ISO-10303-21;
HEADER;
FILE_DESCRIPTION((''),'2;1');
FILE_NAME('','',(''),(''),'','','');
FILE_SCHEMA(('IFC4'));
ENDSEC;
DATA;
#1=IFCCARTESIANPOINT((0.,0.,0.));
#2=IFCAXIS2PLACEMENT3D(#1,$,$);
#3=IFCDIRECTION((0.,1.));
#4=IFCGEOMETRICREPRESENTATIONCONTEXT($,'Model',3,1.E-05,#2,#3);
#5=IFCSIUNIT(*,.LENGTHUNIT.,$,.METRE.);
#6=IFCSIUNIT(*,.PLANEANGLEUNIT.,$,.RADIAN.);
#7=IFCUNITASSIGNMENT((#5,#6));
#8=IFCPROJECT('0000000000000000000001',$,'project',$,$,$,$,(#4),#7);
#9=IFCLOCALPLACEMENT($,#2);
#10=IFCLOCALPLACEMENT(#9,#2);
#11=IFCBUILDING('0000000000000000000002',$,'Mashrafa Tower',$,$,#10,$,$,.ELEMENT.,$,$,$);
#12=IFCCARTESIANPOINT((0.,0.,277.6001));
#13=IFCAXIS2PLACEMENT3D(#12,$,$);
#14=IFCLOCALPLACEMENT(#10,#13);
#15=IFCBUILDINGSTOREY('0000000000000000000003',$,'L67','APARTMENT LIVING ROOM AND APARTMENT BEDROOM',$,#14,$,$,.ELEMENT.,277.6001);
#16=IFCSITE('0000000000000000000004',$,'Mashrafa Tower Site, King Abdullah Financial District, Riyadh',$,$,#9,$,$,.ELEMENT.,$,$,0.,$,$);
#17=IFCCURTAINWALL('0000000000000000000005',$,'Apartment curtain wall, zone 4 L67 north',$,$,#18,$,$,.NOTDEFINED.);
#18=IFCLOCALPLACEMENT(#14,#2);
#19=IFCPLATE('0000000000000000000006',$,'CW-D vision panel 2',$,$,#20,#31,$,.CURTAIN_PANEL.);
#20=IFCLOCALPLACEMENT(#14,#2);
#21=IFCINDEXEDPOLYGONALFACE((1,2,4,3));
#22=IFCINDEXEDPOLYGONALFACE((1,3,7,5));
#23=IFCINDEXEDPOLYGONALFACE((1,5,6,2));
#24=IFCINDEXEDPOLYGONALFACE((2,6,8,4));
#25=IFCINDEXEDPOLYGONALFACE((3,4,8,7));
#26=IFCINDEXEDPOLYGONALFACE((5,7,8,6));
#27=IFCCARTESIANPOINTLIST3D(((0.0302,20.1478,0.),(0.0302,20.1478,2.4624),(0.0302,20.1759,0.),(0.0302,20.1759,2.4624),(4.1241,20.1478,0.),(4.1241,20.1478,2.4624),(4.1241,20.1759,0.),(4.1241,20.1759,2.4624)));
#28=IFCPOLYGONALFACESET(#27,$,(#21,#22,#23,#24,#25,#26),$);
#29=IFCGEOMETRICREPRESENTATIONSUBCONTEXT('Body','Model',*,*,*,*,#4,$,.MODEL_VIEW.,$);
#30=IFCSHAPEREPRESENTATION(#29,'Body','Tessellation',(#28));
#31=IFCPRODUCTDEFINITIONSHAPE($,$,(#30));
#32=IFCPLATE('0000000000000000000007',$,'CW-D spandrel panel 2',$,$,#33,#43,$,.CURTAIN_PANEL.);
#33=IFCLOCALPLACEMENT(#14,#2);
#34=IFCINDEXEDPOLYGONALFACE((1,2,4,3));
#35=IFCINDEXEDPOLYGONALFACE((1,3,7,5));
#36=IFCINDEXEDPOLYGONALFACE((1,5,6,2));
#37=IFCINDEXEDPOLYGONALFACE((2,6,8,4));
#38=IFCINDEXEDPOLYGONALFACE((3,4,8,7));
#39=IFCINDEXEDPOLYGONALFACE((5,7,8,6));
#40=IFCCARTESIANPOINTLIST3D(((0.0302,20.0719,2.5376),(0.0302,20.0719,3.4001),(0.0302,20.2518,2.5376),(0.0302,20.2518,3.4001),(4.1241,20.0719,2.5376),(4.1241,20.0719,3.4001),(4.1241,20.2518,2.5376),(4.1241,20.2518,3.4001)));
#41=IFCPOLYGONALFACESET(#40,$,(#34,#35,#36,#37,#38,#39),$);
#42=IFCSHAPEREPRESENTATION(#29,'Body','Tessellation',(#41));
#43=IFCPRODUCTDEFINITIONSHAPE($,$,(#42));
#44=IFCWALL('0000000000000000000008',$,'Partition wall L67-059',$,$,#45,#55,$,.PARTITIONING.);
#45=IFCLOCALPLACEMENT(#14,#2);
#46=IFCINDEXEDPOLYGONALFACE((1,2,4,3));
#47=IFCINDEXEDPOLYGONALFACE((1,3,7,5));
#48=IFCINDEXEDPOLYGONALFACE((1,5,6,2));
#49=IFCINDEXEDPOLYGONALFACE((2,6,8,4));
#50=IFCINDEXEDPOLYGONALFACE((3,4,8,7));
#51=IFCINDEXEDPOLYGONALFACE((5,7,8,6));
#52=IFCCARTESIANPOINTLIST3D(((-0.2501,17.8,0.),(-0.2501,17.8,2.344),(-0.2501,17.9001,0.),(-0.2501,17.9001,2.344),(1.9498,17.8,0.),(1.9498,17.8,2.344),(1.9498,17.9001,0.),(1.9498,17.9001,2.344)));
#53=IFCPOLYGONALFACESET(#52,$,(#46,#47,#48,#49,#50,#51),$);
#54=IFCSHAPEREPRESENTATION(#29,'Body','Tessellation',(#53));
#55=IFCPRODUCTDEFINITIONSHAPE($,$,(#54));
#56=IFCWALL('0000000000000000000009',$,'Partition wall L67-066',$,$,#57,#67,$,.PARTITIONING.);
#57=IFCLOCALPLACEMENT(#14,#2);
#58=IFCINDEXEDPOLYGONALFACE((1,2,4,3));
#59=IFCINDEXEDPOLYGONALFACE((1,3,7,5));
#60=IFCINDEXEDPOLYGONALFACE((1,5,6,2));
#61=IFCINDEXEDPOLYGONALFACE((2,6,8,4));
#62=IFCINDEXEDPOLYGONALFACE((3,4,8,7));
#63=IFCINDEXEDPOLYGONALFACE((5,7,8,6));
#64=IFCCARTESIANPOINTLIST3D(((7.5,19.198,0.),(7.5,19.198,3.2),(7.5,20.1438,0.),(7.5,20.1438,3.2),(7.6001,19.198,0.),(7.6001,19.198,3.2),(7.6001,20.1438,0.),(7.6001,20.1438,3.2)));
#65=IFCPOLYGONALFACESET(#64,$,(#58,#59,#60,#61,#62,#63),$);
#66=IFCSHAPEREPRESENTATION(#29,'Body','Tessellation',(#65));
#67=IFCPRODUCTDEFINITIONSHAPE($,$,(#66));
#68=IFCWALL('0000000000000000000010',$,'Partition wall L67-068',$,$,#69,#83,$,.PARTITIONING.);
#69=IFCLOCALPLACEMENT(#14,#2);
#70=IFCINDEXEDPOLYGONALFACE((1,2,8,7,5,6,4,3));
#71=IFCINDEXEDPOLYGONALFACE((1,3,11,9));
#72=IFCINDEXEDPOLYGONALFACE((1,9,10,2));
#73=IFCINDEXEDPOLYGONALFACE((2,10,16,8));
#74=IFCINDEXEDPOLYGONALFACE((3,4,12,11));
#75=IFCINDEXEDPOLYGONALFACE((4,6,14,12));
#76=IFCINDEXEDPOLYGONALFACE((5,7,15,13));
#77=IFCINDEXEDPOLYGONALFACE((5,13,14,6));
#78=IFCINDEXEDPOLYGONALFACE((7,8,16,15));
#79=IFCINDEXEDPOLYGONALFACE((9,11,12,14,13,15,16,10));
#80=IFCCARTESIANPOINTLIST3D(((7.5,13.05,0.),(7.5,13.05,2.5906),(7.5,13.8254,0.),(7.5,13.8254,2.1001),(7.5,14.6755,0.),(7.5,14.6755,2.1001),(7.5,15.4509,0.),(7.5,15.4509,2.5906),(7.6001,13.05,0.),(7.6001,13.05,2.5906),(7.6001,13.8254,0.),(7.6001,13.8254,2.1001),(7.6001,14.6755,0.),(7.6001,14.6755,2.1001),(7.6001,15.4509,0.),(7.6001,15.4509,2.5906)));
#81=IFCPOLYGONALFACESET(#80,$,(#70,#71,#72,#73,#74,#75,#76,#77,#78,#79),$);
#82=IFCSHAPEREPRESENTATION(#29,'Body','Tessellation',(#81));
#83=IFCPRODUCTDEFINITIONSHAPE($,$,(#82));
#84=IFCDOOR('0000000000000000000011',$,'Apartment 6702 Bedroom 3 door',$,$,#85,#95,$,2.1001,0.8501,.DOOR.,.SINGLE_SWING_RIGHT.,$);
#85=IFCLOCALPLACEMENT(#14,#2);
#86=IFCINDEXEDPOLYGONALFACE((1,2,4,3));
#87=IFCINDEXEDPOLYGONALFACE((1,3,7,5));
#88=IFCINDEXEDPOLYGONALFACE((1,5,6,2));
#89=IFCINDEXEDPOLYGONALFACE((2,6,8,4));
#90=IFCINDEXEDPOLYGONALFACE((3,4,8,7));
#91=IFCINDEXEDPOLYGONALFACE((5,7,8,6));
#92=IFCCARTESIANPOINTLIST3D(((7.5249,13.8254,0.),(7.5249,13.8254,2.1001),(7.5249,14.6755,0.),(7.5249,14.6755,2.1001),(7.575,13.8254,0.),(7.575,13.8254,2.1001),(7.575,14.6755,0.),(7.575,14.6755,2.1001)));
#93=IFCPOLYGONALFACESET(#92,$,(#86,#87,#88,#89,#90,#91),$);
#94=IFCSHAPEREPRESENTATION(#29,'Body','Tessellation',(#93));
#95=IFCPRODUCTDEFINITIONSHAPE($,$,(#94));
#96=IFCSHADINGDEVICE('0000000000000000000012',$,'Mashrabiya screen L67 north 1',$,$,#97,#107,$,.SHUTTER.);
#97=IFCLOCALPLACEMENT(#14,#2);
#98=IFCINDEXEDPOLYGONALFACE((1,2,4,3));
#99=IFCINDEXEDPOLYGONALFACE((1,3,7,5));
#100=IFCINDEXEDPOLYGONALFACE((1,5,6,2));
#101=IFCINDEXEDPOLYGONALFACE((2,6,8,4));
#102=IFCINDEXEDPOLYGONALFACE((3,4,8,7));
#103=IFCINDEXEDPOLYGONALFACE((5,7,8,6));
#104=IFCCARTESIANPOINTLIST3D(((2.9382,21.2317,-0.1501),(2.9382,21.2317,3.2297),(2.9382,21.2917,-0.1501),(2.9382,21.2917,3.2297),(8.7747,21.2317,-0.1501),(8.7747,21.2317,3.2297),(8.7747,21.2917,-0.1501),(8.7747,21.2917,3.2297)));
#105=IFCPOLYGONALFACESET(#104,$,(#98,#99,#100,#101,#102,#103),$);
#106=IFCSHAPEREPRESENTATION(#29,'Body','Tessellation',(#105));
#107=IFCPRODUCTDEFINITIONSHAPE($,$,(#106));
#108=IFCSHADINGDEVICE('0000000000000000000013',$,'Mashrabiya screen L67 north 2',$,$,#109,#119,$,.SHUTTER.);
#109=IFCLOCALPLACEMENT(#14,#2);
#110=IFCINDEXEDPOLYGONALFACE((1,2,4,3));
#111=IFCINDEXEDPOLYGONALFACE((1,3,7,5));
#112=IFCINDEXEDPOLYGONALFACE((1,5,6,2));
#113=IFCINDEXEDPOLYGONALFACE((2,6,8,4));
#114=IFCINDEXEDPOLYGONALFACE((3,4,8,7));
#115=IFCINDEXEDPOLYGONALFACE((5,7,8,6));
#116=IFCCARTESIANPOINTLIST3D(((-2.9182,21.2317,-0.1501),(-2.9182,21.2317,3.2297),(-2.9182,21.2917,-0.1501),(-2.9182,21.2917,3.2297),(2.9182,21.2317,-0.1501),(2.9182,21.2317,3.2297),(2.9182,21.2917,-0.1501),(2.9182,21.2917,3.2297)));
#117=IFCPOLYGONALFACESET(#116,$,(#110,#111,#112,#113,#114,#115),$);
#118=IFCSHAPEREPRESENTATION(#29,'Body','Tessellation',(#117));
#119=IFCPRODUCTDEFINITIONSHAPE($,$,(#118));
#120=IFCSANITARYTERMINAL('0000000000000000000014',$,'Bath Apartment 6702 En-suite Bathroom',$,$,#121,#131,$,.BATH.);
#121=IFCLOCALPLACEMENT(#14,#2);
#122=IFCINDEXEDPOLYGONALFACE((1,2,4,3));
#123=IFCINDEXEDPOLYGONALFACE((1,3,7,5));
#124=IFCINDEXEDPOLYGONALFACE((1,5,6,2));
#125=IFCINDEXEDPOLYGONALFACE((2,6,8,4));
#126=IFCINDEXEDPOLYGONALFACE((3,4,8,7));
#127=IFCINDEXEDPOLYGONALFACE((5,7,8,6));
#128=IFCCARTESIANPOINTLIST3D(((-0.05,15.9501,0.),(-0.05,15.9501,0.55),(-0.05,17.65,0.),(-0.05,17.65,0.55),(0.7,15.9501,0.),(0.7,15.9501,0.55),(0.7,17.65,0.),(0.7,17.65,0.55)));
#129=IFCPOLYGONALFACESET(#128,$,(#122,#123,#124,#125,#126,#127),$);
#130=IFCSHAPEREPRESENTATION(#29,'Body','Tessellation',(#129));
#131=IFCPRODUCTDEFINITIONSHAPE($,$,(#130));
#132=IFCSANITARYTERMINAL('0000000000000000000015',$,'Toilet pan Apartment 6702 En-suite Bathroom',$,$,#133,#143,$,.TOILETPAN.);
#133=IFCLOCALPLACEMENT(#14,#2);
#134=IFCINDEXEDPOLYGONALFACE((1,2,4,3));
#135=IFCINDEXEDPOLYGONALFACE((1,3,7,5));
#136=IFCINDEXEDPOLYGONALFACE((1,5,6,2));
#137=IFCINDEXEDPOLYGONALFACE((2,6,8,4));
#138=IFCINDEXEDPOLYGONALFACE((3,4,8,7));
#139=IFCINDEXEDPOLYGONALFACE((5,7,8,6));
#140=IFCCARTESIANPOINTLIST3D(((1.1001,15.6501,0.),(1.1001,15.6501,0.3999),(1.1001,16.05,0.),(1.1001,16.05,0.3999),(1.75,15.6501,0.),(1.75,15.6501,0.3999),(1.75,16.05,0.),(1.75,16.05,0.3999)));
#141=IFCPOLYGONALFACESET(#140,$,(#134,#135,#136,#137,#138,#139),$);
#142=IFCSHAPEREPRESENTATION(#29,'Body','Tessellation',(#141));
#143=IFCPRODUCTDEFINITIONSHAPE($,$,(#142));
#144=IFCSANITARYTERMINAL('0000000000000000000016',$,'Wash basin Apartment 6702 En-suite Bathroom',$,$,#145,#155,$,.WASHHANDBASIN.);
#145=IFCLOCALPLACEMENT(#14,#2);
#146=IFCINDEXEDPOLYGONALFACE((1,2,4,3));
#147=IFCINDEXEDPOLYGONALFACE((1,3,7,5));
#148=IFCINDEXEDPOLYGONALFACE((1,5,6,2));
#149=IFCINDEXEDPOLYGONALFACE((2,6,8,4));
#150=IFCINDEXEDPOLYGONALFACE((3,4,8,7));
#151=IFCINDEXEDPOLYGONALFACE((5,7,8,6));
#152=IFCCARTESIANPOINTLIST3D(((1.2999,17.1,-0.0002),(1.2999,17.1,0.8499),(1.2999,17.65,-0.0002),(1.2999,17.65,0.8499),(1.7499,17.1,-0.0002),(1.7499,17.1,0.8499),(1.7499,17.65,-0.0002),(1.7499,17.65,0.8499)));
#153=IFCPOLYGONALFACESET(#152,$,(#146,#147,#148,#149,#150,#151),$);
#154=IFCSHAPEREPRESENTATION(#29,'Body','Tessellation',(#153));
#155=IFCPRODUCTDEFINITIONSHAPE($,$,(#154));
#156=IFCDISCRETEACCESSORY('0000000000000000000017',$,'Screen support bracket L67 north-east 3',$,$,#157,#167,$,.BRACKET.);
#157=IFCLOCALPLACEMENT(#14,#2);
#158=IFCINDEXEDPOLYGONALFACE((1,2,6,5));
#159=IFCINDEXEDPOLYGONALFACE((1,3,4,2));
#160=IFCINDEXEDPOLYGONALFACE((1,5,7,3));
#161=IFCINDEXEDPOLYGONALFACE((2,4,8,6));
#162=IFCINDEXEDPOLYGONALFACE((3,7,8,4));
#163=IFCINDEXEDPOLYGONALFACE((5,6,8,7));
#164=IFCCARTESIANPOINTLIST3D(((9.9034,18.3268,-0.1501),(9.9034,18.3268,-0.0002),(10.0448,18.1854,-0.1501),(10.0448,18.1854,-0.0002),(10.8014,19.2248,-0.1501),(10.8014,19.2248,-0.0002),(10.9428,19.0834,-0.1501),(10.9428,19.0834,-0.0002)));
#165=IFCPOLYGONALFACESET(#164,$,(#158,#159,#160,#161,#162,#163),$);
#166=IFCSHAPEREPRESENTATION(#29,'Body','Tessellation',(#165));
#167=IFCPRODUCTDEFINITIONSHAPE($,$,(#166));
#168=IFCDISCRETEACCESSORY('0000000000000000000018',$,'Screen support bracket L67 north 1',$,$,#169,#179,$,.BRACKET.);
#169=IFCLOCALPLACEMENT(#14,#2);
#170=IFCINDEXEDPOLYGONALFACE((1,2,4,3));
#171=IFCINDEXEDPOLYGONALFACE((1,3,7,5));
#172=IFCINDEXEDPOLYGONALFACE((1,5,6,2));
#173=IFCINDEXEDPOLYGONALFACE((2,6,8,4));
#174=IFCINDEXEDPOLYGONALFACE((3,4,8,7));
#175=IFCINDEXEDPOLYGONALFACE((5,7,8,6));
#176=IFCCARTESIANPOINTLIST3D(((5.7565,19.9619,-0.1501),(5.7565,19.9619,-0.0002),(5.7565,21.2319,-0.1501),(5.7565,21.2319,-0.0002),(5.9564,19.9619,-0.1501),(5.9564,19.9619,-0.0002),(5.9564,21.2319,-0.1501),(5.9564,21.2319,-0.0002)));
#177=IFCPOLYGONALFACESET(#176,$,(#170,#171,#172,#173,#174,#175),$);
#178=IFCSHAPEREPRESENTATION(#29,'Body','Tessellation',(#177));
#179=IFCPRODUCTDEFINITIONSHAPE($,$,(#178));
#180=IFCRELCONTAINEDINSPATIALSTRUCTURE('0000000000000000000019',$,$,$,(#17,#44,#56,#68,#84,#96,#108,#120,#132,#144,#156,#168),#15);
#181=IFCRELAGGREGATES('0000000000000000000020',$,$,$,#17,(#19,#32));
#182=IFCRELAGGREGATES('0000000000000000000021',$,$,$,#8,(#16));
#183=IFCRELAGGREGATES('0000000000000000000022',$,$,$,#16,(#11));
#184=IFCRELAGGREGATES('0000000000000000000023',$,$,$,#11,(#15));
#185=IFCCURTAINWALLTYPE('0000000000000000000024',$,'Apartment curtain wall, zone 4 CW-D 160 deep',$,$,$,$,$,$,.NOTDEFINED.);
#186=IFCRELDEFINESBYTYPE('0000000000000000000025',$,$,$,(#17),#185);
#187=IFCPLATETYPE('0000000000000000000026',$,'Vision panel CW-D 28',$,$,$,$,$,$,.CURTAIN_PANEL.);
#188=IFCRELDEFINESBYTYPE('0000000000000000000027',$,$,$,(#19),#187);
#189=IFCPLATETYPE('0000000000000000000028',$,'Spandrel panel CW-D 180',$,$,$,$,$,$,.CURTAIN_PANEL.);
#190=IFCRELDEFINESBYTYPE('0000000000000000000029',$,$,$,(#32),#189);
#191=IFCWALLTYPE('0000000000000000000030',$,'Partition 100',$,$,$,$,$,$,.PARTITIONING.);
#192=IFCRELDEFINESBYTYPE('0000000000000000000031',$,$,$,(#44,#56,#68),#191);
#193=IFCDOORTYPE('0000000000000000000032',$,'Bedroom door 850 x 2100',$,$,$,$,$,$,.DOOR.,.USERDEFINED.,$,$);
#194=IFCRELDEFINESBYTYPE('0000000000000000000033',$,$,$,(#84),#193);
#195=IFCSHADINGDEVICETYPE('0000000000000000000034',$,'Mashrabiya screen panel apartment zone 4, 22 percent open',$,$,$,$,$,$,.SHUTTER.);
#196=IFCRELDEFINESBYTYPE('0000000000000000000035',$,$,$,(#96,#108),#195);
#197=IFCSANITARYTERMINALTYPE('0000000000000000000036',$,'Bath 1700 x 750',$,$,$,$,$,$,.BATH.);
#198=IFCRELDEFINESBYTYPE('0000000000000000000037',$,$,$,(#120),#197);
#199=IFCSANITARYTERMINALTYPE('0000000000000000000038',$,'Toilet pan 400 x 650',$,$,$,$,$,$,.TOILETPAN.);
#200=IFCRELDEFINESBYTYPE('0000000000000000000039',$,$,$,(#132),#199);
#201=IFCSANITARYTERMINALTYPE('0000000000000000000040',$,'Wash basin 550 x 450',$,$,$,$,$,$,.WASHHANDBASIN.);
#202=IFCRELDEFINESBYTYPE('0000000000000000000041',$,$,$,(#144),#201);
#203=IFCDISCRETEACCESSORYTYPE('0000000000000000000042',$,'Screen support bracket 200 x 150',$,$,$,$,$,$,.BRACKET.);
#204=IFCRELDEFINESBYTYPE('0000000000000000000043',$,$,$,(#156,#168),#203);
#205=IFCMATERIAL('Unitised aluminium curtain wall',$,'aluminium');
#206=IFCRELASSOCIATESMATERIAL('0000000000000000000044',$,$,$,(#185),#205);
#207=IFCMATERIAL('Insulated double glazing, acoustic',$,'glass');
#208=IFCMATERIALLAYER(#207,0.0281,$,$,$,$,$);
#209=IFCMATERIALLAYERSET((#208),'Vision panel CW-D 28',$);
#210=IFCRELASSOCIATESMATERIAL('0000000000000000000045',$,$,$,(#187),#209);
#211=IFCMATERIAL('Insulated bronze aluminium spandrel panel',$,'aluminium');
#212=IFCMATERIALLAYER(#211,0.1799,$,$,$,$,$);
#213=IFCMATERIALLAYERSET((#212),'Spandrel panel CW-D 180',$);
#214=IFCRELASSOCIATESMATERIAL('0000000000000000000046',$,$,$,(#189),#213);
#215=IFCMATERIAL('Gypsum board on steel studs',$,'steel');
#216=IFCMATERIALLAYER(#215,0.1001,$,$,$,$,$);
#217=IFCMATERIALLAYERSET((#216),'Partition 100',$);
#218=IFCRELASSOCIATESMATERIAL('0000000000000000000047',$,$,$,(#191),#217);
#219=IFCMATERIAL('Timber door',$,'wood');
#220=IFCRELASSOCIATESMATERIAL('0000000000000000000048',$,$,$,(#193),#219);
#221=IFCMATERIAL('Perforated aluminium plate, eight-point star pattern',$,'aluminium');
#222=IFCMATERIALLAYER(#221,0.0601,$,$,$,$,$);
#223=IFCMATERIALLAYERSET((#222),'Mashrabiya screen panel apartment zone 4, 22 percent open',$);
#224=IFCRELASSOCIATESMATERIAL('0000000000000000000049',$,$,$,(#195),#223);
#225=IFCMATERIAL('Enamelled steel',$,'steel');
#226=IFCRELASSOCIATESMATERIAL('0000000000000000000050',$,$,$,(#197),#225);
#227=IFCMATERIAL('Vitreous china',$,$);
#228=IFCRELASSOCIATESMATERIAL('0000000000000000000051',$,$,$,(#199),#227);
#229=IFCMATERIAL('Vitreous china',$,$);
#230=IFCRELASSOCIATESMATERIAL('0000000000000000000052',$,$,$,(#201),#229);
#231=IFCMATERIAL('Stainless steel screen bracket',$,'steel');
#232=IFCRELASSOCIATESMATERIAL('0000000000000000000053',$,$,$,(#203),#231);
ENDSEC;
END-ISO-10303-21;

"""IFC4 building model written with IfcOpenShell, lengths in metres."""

from ifc_helpers import new_model, si_unit, direction, frame, frame_2d, origin, origin_2d, place, context, subcontext, project, spatial, rectangle, extrude, source, transform, mapped, material, layer, layer_set, type_object, type_shapes, element, fill, aggregate, save


model = new_model("IFC4")

# Units and contexts
model_context = context("Model", 3, precision=1e-05, world=origin(), true_north=direction((0.0, 1.0)))
body_context = subcontext(model_context, "Body", "Model", "MODEL_VIEW")
ifc_project = project(units=[si_unit("LENGTHUNIT", "METRE"), si_unit("PLANEANGLEUNIT", "RADIAN")], contexts=[model_context])

# Site, building, storey
site_placement = place(None, origin())
site = spatial("IfcSite", under=ifc_project, at=site_placement, Name="Mashrafa Tower Site, King Abdullah Financial District, Riyadh", CompositionType="ELEMENT", RefElevation=0.0)
building_placement = place(site_placement, origin())
building = spatial("IfcBuilding", under=site, at=building_placement, Name="Mashrafa Tower", CompositionType="ELEMENT")
storey_placement = place(building_placement, frame((0.0, 0.0, 277.6001)))
storey = spatial("IfcBuildingStorey", under=building, at=storey_placement, Name="L67", Description="APARTMENT LIVING ROOM AND APARTMENT BEDROOM", CompositionType="ELEMENT", Elevation=277.6001)

# Shared definitions
ifc_material_1 = material(Name="Unitised aluminium curtain wall", Category="aluminium")
curtain_wall_type = type_object("IfcCurtainWallType", Name="Apartment curtain wall, zone 4 CW-D 160 deep", PredefinedType="NOTDEFINED", material=ifc_material_1)

# Curtain wall
curtain_wall_1_placement = place(storey_placement, origin())
curtain_wall_1 = element("IfcCurtainWall", 1, at=curtain_wall_1_placement, inside=storey, type_object=curtain_wall_type, Name="Apartment curtain wall, zone 4 L67 north", PredefinedType="NOTDEFINED")

# Plates
ifc_material_2 = material(Name="Insulated double glazing, acoustic", Category="glass")
ifc_layer_1 = layer(ifc_material_2, 0.0281)
ifc_layer_set_1 = layer_set([ifc_layer_1], Name="Vision panel CW-D 28")
plate_type_1 = type_object("IfcPlateType", Name="Vision panel CW-D 28", PredefinedType="CURTAIN_PANEL", material=ifc_layer_set_1)
ifc_material_3 = material(Name="Insulated bronze aluminium spandrel panel", Category="aluminium")
ifc_layer_2 = layer(ifc_material_3, 0.1799)
ifc_layer_set_2 = layer_set([ifc_layer_2], Name="Spandrel panel CW-D 180")
plate_type_2 = type_object("IfcPlateType", Name="Spandrel panel CW-D 180", PredefinedType="CURTAIN_PANEL", material=ifc_layer_set_2)
shared_shape_1 = source(origin(), body_context, "Body", "SweptSolid", [
    extrude(rectangle(XDim=4.094, YDim=0.0281, at=origin_2d()), origin(), (0.0, 0.0, 1.0), 2.4624),
])
plate_1_placement = place(storey_placement, frame((2.0771, 20.1619, 0.0), z_axis=(0.0, 0.0, 1.0), x_axis=(-1.0, 0.0, 0.0)))
plate_1 = element("IfcPlate", 2, at=plate_1_placement, type_object=plate_type_1, Name="CW-D vision panel 2", PredefinedType="CURTAIN_PANEL", context=body_context, shape_type="MappedRepresentation", body=[
    mapped(shared_shape_1, transform((0.0, 0.0, 0.0))),
])
shared_shape_2 = source(origin(), body_context, "Body", "SweptSolid", [
    extrude(rectangle(XDim=4.094, YDim=0.1799, at=origin_2d()), origin(), (0.0, 0.0, 1.0), 0.8625),
])
plate_2_placement = place(storey_placement, frame((2.0771, 20.1619, 2.5376), z_axis=(0.0, 0.0, 1.0), x_axis=(-1.0, 0.0, 0.0)))
plate_2 = element("IfcPlate", 3, at=plate_2_placement, type_object=plate_type_2, Name="CW-D spandrel panel 2", PredefinedType="CURTAIN_PANEL", context=body_context, shape_type="MappedRepresentation", body=[
    mapped(shared_shape_2, transform((0.0, 0.0, 0.0))),
])
aggregate(curtain_wall_1, [plate_1, plate_2])

# Walls
ifc_material_4 = material(Name="Gypsum board on steel studs", Category="steel")
ifc_layer_3 = layer(ifc_material_4, 0.1001)
ifc_layer_set_3 = layer_set([ifc_layer_3], Name="Partition 100")
wall_type = type_object("IfcWallType", Name="Partition 100", PredefinedType="PARTITIONING", material=ifc_layer_set_3)
wall_1_placement = place(storey_placement, frame((1.95, 17.8501, 0.0), z_axis=(0.0, 0.0, 1.0), x_axis=(-1.0, 0.0, 0.0)))
element("IfcWall", 4, at=wall_1_placement, inside=storey, type_object=wall_type, Name="Partition wall L67-059", PredefinedType="PARTITIONING", context=body_context, shape_type="SweptSolid", body=[
    extrude(rectangle(XDim=2.2, YDim=0.1001, at=frame_2d((1.1001, 0.0))), origin(), (0.0, 0.0, 1.0), 2.344),
])
wall_2_placement = place(storey_placement, frame((7.55, 19.198, 0.0), z_axis=(0.0, 0.0, 1.0), x_axis=(0.0, 1.0, 0.0)))
element("IfcWall", 5, at=wall_2_placement, inside=storey, type_object=wall_type, Name="Partition wall L67-066", PredefinedType="PARTITIONING", context=body_context, shape_type="SweptSolid", body=[
    extrude(rectangle(XDim=0.9458, YDim=0.1001, at=frame_2d((0.4729, 0.0))), origin(), (0.0, 0.0, 1.0), 3.2),
])

# Wall, opening, door
wall_3_placement = place(storey_placement, frame((7.55, 15.4509, 0.0), z_axis=(0.0, 0.0, 1.0), x_axis=(0.0, -1.0, 0.0)))
wall_3 = element("IfcWall", 6, at=wall_3_placement, inside=storey, type_object=wall_type, Name="Partition wall L67-068", PredefinedType="PARTITIONING", context=body_context, shape_type="SweptSolid", body=[
    extrude(rectangle(XDim=2.4009, YDim=0.1001, at=frame_2d((1.2004, 0.0))), origin(), (0.0, 0.0, 1.0), 2.5906),
])
opening_placement = place(wall_3_placement, frame((0.7754, 0.0, 0.0)))
opening = element("IfcOpeningElement", 7, at=opening_placement, cuts=wall_3, PredefinedType="OPENING", context=body_context, shape_type="SweptSolid", body=[
    extrude(rectangle(XDim=0.8501, YDim=2.1001, at=frame_2d((0.425, 1.05))), frame((0.0, 0.0601, 0.0), z_axis=(0.0, -1.0, 0.0), x_axis=(1.0, 0.0, 0.0)), (0.0, 0.0, 1.0), 0.1201),
])
ifc_material_5 = material(Name="Timber door", Category="wood")
door_type = type_object("IfcDoorType", Name="Bedroom door 850 x 2100", OperationType="USERDEFINED", PredefinedType="DOOR", material=ifc_material_5)
door_placement = place(opening_placement, origin())
door = element("IfcDoor", 8, at=door_placement, inside=storey, type_object=door_type, Name="Apartment 6702 Bedroom 3 door", OperationType="SINGLE_SWING_RIGHT", OverallHeight=2.1001, OverallWidth=0.8501, PredefinedType="DOOR", context=body_context, shape_type="SweptSolid", body=[
    extrude(rectangle(XDim=0.8501, YDim=2.1001, at=frame_2d((0.425, 1.05))), frame((0.0, 0.0249, 0.0), z_axis=(0.0, -1.0, 0.0), x_axis=(1.0, 0.0, 0.0)), (0.0, 0.0, 1.0), 0.05),
])
fill(opening, door)

# Shading devices
ifc_material_6 = material(Name="Perforated aluminium plate, eight-point star pattern", Category="aluminium")
ifc_layer_4 = layer(ifc_material_6, 0.0601)
ifc_layer_set_4 = layer_set([ifc_layer_4], Name="Mashrabiya screen panel apartment zone 4, 22 percent open")
shading_device_type = type_object("IfcShadingDeviceType", Name="Mashrabiya screen panel apartment zone 4, 22 percent open", PredefinedType="SHUTTER", material=ifc_layer_set_4)
shared_shape_3 = source(origin(), body_context, "Body", "SweptSolid", [
    extrude(rectangle(XDim=5.8364, YDim=0.0601, at=origin_2d()), origin(), (0.0, 0.0, 1.0), 3.3799),
])
type_shapes(shading_device_type, [shared_shape_3])
for number, where, z_axis, x_axis, name in (
    (9, (5.8564, 21.2617, -0.1501), (0.0, 0.0, 1.0), (-1.0, 0.0, 0.0), "Mashrabiya screen L67 north 1"),
    (10, (0.0, 21.2617, -0.1501), (0.0, 0.0, 1.0), (-1.0, 0.0, 0.0), "Mashrabiya screen L67 north 2"),
):
    element("IfcShadingDevice", number, at=place(storey_placement, frame(where, z_axis=z_axis, x_axis=x_axis)), inside=storey, type_object=shading_device_type, Name=name, PredefinedType="SHUTTER", context=body_context, shape_type="MappedRepresentation", body=[
        mapped(shared_shape_3, transform((0.0, 0.0, 0.0))),
    ])

# Sanitary terminals
ifc_material_7 = material(Name="Enamelled steel", Category="steel")
sanitary_terminal_type_1 = type_object("IfcSanitaryTerminalType", Name="Bath 1700 x 750", PredefinedType="BATH", material=ifc_material_7)
sanitary_terminal_1_placement = place(storey_placement, frame((0.325, 16.8, 0.0), z_axis=(0.0, 0.0, 1.0), x_axis=(0.0, -1.0, 0.0)))
element("IfcSanitaryTerminal", 11, at=sanitary_terminal_1_placement, inside=storey, type_object=sanitary_terminal_type_1, Name="Bath Apartment 6702 En-suite Bathroom", PredefinedType="BATH", context=body_context, shape_type="SweptSolid", body=[
    extrude(rectangle(XDim=1.7, YDim=0.75, at=origin_2d()), origin(), (0.0, 0.0, 1.0), 0.55),
])
ifc_material_8 = material(Name="Vitreous china")
sanitary_terminal_type_2 = type_object("IfcSanitaryTerminalType", Name="Toilet pan 400 x 650", PredefinedType="TOILETPAN", material=ifc_material_8)
sanitary_terminal_2_placement = place(storey_placement, frame((1.425, 15.8501, 0.0), z_axis=(0.0, 0.0, 1.0), x_axis=(0.0, 1.0, 0.0)))
element("IfcSanitaryTerminal", 12, at=sanitary_terminal_2_placement, inside=storey, type_object=sanitary_terminal_type_2, Name="Toilet pan Apartment 6702 En-suite Bathroom", PredefinedType="TOILETPAN", context=body_context, shape_type="SweptSolid", body=[
    extrude(rectangle(XDim=0.3999, YDim=0.6499, at=origin_2d()), origin(), (0.0, 0.0, 1.0), 0.3999),
])
ifc_material_9 = material(Name="Vitreous china")
sanitary_terminal_type_3 = type_object("IfcSanitaryTerminalType", Name="Wash basin 550 x 450", PredefinedType="WASHHANDBASIN", material=ifc_material_9)
sanitary_terminal_3_placement = place(storey_placement, frame((1.5249, 17.375, -0.0002), z_axis=(0.0, 0.0, 1.0), x_axis=(0.0, 1.0, 0.0)))
element("IfcSanitaryTerminal", 13, at=sanitary_terminal_3_placement, inside=storey, type_object=sanitary_terminal_type_3, Name="Wash basin Apartment 6702 En-suite Bathroom", PredefinedType="WASHHANDBASIN", context=body_context, shape_type="SweptSolid", body=[
    extrude(rectangle(XDim=0.55, YDim=0.45, at=origin_2d()), origin(), (0.0, 0.0, 1.0), 0.8501),
])

# Discrete accessories
ifc_material_10 = material(Name="Stainless steel screen bracket", Category="steel")
discrete_accessory_type = type_object("IfcDiscreteAccessoryType", Name="Screen support bracket 200 x 150", PredefinedType="BRACKET", material=ifc_material_10)
shared_shape_4 = source(origin(), body_context, "Body", "SweptSolid", [
    extrude(rectangle(XDim=0.2, YDim=1.27, at=origin_2d()), origin(), (0.0, 0.0, 1.0), 0.1499),
])
type_shapes(discrete_accessory_type, [shared_shape_4])
for number, where, z_axis, x_axis, name in (
    (14, (10.4231, 18.7051, -0.1501), (0.0, 0.0, 1.0), (-0.707107, 0.707107, 0.0), "Screen support bracket L67 north-east 3"),
    (15, (5.8564, 20.5969, -0.1501), (0.0, 0.0, 1.0), (-1.0, 0.0, 0.0), "Screen support bracket L67 north 1"),
):
    element("IfcDiscreteAccessory", number, at=place(storey_placement, frame(where, z_axis=z_axis, x_axis=x_axis)), inside=storey, type_object=discrete_accessory_type, Name=name, PredefinedType="BRACKET", context=body_context, shape_type="MappedRepresentation", body=[
        mapped(shared_shape_4, transform((0.0, 0.0, 0.0))),
    ])

save(model, "model.ifc")
